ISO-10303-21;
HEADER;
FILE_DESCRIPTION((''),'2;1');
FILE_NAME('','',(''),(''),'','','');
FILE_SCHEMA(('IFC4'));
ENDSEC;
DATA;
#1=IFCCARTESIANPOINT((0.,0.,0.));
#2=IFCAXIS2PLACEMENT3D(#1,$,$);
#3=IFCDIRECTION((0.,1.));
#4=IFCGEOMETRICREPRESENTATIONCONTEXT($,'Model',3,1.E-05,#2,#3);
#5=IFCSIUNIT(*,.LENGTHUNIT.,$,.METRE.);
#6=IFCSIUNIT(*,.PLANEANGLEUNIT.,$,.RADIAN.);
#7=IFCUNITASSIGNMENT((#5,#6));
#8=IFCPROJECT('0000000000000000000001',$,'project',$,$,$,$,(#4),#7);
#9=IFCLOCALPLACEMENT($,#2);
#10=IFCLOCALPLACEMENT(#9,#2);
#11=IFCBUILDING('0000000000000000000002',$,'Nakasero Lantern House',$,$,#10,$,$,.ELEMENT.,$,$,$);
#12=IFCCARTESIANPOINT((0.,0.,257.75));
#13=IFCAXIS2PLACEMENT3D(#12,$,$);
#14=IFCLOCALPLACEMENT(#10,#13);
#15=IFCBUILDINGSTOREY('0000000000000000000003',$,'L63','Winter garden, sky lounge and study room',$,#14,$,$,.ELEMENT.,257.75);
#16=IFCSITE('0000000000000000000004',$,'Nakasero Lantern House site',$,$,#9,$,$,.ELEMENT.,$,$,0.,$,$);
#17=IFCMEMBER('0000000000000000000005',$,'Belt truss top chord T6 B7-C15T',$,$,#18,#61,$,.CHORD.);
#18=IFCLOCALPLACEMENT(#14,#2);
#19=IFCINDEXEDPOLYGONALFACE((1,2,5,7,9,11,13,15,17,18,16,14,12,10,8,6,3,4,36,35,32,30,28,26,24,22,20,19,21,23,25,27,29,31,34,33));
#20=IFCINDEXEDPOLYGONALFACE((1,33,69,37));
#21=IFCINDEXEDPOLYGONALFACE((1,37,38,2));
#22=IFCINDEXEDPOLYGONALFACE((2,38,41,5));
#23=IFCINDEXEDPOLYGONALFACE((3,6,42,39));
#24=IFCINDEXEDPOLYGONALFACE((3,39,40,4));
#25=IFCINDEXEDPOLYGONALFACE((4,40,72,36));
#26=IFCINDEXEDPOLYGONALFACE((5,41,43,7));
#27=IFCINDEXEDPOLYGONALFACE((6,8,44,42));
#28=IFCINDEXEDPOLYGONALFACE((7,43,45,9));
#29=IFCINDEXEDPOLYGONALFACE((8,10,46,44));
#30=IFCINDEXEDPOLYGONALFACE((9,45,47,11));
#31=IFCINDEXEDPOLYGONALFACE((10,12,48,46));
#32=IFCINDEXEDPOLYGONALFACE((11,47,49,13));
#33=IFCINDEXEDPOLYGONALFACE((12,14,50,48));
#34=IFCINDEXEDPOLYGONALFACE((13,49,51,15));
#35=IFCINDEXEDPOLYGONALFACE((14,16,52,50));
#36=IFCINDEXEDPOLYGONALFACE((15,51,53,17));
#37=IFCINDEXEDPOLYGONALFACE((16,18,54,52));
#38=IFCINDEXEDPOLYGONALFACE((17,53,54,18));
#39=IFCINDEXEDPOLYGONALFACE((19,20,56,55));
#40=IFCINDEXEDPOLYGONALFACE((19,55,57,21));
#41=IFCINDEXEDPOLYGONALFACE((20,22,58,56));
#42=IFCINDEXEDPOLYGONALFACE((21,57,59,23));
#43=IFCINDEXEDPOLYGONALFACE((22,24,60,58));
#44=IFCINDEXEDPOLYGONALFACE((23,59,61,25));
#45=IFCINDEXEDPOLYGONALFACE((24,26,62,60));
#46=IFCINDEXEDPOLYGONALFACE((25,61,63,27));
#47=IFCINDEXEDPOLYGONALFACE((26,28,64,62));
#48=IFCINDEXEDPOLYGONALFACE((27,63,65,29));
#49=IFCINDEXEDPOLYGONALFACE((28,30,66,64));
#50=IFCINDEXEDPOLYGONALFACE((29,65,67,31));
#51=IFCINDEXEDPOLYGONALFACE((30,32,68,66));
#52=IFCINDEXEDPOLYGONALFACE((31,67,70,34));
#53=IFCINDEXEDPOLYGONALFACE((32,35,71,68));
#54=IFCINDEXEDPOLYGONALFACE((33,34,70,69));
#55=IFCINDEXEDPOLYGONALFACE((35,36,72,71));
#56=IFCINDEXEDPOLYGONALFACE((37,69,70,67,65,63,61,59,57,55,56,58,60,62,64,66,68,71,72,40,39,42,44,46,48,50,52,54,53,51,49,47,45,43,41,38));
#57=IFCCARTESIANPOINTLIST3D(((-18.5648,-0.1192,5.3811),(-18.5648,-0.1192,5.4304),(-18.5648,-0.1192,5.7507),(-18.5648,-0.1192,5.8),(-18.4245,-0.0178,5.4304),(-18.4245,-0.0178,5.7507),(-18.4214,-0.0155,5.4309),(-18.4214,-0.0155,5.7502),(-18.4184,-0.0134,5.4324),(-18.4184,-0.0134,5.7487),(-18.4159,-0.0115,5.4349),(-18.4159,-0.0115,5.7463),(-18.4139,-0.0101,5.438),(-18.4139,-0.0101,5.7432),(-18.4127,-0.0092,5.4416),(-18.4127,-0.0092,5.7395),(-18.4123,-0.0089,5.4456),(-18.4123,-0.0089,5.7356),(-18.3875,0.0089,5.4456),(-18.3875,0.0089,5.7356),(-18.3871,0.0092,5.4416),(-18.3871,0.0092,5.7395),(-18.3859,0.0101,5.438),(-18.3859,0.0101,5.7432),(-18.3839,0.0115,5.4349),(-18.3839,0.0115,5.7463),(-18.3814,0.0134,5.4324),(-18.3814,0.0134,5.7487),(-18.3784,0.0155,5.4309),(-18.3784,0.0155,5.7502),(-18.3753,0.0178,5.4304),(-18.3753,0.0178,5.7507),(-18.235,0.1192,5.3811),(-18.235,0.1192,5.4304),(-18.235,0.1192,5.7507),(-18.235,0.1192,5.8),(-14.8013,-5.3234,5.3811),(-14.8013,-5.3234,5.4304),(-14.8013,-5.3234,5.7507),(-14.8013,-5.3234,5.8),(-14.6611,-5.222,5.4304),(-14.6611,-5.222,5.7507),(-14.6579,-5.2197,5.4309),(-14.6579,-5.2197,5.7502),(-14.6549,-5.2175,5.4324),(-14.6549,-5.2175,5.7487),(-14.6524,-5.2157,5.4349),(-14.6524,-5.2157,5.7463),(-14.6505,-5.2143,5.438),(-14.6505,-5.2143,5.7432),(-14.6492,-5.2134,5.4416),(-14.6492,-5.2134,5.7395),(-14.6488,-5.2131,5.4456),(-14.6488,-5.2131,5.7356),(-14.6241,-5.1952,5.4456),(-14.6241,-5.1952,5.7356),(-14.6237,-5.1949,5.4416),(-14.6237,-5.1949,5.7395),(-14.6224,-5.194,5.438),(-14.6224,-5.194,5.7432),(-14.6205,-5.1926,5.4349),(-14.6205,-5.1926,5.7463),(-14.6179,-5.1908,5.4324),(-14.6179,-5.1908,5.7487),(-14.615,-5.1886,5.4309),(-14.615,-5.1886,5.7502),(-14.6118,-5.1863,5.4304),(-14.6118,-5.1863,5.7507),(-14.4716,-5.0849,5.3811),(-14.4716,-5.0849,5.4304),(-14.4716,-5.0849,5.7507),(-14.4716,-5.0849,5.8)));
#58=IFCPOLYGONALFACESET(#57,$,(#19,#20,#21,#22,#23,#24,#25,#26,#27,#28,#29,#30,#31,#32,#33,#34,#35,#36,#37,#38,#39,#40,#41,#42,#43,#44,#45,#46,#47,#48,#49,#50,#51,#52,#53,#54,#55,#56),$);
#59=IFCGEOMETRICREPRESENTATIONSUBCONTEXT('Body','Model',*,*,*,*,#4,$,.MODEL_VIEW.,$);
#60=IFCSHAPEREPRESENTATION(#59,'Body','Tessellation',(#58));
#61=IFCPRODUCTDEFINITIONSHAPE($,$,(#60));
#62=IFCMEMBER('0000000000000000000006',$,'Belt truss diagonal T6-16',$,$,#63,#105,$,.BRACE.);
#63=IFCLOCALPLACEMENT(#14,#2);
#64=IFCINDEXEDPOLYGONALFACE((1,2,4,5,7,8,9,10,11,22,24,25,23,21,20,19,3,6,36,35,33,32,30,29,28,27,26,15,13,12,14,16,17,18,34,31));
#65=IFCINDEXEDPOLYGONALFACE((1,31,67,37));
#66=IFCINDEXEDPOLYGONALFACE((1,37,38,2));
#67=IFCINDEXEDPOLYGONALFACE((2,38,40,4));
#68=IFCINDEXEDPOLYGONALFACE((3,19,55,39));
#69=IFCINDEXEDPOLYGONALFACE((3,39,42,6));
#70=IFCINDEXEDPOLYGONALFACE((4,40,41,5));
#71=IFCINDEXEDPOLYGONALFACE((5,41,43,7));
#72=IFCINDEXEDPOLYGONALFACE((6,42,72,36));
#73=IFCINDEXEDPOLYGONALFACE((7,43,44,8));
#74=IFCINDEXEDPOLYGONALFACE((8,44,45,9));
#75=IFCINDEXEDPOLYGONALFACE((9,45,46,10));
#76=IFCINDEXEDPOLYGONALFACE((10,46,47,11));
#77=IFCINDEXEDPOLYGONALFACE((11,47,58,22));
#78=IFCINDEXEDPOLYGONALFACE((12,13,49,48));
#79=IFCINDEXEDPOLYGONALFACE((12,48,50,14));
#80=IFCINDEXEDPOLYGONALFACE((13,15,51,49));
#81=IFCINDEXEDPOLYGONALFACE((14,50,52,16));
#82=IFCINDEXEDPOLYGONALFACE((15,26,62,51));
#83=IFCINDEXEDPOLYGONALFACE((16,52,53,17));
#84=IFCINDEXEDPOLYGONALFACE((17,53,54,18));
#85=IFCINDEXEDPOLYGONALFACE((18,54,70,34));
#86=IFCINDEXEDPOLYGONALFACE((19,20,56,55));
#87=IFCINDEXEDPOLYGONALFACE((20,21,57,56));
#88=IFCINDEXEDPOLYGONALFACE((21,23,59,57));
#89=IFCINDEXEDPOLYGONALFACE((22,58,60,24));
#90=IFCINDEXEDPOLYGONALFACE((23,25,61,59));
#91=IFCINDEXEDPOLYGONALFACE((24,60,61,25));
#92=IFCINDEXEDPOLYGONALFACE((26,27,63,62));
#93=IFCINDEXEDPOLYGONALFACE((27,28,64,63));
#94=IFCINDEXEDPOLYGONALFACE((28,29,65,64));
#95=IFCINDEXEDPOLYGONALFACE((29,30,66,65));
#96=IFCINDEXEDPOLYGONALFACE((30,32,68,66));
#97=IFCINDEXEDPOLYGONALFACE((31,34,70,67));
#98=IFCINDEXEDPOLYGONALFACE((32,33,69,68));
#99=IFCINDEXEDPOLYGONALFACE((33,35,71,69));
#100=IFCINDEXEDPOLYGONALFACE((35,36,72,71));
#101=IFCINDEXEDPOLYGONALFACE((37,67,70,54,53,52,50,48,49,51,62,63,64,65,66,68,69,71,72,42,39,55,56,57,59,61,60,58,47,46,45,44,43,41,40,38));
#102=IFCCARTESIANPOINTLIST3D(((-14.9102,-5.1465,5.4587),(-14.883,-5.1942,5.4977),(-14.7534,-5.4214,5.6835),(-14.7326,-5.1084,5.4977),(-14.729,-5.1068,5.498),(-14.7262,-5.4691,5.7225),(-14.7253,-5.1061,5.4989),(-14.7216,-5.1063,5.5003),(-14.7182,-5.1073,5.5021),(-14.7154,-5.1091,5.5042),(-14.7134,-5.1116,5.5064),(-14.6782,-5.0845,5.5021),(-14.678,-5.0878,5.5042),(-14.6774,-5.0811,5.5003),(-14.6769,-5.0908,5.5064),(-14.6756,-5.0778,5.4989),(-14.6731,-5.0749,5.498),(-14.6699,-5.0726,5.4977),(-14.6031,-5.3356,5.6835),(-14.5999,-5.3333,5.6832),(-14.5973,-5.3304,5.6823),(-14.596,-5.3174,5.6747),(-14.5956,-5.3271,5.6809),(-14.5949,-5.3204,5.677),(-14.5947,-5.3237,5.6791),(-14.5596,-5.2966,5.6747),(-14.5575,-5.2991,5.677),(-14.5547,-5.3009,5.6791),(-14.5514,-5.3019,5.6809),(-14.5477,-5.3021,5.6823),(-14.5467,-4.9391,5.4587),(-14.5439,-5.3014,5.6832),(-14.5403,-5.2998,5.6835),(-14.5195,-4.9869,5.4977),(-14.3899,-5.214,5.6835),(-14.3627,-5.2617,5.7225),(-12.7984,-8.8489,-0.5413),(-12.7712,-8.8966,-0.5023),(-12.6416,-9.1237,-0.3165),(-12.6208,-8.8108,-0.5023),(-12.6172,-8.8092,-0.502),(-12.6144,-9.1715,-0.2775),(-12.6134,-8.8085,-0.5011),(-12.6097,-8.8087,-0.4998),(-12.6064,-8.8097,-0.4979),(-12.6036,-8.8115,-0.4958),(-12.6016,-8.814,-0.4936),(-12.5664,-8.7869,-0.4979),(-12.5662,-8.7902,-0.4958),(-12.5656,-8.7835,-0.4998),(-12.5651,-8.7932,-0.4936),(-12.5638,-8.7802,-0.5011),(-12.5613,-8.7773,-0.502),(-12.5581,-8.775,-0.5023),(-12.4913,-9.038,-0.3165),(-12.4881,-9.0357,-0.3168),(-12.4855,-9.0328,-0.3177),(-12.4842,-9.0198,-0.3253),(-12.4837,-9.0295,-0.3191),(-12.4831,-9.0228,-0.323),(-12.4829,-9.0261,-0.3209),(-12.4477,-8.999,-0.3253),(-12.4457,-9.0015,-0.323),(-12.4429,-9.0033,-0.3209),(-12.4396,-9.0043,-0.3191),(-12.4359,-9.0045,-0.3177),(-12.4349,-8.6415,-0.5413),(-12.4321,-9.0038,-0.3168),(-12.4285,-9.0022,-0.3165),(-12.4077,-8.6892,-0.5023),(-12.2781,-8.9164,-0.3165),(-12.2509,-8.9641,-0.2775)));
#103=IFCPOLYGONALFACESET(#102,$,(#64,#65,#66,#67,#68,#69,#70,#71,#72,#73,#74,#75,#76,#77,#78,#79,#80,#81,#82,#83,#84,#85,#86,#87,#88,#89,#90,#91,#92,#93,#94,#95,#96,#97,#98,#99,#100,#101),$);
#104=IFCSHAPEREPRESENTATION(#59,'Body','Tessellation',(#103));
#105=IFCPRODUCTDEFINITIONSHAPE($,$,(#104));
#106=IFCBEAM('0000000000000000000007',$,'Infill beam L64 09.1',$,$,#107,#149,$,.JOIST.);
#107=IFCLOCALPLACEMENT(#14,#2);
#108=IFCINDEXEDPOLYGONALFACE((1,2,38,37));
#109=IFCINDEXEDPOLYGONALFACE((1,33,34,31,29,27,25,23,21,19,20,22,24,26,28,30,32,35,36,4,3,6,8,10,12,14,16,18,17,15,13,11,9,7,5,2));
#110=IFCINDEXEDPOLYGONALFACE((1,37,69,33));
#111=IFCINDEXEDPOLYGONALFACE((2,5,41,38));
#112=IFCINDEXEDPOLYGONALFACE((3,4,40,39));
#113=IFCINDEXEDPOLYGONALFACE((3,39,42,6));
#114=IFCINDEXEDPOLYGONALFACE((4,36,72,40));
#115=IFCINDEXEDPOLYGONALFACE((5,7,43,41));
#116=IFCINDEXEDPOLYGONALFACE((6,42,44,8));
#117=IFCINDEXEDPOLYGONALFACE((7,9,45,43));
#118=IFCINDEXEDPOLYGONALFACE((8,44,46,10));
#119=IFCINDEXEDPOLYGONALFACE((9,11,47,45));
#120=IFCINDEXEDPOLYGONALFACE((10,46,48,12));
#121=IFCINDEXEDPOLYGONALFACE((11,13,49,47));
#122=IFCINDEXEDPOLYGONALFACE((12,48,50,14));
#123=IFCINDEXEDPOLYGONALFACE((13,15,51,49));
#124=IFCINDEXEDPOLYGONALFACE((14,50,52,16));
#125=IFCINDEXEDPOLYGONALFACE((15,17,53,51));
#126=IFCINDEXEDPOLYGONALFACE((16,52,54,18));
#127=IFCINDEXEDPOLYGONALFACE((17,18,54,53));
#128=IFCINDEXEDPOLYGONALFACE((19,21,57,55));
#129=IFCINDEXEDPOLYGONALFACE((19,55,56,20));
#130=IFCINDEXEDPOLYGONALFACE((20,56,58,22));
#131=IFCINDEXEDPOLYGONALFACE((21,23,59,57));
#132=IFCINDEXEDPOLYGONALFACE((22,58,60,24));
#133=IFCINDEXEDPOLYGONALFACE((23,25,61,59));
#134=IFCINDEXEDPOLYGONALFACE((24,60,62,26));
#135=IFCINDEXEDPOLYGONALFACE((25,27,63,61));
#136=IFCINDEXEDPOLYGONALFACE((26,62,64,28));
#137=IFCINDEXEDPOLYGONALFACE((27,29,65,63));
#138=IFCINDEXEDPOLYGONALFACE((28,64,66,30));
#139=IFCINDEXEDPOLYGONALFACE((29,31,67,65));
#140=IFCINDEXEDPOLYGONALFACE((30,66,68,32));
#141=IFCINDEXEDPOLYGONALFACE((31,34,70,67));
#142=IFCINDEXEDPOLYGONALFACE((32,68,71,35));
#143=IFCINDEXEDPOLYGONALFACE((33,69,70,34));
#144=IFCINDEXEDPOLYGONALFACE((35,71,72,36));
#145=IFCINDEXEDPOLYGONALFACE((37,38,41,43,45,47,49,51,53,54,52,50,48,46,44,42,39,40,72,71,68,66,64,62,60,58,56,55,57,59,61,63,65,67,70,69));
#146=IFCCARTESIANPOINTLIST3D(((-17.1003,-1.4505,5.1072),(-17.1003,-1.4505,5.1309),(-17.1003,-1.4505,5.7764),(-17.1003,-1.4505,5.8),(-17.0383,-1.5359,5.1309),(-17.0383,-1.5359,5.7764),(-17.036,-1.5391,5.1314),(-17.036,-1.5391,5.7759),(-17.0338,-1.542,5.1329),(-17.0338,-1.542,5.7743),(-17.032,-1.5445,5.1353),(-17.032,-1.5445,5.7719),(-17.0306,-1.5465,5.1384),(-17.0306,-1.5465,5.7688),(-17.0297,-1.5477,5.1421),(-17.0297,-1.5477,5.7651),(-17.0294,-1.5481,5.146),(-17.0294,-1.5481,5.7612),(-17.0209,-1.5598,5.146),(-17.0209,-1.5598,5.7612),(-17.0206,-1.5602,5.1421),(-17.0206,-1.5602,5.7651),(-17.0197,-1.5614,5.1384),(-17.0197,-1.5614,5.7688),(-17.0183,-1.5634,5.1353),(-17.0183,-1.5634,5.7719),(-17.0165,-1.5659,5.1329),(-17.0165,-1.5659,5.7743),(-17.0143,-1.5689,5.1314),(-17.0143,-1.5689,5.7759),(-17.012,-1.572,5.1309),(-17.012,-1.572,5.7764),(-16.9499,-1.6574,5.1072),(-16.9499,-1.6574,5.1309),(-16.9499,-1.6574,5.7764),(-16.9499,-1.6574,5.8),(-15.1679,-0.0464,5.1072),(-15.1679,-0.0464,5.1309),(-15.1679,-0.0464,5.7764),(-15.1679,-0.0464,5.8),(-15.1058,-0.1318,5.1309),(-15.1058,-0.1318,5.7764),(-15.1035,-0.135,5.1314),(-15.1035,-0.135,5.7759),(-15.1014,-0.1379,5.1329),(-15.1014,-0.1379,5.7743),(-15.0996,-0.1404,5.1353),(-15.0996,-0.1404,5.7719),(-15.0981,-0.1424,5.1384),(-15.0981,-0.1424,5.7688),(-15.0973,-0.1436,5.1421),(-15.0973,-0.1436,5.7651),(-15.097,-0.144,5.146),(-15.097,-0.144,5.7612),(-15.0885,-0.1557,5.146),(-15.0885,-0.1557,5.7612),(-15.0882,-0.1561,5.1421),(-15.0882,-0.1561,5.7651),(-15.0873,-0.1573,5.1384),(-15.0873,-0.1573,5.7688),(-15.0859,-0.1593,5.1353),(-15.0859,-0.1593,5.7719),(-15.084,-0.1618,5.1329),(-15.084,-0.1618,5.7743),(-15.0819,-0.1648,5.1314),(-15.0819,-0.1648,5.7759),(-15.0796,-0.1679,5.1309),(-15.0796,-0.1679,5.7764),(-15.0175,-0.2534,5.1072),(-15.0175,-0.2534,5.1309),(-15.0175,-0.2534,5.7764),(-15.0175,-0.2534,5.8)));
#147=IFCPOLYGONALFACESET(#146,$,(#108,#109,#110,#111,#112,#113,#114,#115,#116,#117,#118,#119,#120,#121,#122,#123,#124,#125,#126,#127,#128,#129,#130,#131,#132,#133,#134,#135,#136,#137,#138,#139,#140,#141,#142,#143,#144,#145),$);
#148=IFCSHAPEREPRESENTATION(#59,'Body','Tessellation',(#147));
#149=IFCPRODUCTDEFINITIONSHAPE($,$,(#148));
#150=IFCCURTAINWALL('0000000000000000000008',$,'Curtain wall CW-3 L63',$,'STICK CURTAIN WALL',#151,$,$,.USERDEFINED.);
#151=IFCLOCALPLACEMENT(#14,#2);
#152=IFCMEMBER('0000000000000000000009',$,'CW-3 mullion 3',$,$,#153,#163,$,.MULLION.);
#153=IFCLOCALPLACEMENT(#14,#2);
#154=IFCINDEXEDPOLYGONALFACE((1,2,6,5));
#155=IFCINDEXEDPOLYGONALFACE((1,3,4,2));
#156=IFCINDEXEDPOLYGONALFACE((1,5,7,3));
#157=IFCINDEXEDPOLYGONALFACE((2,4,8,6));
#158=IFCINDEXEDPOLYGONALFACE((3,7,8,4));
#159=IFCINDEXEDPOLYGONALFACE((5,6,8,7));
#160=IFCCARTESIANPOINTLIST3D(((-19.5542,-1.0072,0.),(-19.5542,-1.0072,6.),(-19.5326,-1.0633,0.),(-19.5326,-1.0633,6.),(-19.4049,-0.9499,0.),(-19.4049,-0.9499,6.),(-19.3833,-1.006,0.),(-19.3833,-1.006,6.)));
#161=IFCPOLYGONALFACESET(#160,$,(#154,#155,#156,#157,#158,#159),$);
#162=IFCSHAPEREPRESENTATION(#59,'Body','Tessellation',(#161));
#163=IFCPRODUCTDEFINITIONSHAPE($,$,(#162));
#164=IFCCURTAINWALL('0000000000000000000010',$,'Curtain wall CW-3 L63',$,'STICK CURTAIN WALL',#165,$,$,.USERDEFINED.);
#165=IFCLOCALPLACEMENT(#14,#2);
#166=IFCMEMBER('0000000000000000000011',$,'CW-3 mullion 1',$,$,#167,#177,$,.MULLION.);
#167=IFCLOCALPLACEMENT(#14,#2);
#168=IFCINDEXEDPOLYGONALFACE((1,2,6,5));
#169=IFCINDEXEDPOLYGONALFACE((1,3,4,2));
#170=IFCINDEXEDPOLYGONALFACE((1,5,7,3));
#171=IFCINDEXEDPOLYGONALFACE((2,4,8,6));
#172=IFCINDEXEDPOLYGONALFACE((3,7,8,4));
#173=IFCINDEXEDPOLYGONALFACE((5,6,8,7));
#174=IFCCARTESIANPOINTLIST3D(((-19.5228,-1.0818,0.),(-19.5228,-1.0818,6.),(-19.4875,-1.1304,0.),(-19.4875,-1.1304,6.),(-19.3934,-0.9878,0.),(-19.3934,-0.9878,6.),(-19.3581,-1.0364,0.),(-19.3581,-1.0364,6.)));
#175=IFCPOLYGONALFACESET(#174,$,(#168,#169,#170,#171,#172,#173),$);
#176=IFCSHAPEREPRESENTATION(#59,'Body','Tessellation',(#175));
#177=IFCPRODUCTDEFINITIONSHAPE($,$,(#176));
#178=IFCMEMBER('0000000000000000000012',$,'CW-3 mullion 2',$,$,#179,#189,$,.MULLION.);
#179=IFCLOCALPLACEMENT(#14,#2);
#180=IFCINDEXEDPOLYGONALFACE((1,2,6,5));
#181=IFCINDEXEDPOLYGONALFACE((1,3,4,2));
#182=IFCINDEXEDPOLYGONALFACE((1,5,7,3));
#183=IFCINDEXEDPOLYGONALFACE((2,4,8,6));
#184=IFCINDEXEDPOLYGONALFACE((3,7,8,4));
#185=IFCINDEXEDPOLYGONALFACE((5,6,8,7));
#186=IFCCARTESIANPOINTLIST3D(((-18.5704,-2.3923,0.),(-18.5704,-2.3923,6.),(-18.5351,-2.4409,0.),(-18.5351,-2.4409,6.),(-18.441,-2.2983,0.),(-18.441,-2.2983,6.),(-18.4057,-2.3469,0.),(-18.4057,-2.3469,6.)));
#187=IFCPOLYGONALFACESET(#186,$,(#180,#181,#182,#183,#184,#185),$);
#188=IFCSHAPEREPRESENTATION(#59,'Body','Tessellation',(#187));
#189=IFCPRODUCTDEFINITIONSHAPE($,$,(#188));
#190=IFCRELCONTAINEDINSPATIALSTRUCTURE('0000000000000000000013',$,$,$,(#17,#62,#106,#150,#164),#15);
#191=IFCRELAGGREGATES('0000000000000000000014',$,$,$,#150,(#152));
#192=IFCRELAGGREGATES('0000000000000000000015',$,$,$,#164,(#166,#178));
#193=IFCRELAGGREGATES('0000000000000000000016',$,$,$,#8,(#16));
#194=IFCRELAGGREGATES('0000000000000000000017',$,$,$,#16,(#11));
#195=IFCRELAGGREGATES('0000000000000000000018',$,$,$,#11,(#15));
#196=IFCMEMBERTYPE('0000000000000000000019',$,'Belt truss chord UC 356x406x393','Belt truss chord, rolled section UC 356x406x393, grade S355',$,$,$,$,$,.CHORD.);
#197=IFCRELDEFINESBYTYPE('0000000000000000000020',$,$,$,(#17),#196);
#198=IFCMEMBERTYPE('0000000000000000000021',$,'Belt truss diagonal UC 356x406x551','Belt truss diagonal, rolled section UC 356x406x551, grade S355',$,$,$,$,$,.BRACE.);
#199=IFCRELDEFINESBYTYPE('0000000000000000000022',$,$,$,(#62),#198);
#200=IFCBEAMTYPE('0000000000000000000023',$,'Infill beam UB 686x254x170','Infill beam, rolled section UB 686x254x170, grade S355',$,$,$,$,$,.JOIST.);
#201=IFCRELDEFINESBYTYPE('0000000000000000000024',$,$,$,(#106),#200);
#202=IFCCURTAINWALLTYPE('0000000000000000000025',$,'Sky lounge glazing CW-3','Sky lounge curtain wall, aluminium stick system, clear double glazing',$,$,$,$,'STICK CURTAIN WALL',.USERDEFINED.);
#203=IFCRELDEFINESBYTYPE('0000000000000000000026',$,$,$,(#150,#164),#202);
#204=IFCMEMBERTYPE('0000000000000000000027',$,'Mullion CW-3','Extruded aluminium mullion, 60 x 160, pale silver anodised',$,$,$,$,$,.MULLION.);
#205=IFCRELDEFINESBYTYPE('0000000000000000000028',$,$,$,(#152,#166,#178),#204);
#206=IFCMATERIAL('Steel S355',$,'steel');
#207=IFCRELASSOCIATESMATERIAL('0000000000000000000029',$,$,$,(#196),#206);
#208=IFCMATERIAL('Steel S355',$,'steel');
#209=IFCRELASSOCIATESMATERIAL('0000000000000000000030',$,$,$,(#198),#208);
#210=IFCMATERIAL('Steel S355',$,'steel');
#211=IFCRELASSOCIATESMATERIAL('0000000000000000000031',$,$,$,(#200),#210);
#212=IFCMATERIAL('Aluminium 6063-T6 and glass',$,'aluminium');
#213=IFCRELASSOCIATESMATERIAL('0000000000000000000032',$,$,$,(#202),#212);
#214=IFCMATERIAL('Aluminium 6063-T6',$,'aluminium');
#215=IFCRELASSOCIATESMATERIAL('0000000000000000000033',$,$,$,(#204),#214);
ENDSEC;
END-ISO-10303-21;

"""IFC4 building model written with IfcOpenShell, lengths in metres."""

from ifc_helpers import new_model, si_unit, direction, frame, origin, origin_2d, place, context, subcontext, project, spatial, rectangle, i_section, extrude, material, material_profile, profile_set, type_object, element, aggregate, save


model = new_model("IFC4")

# Units and contexts
model_context = context("Model", 3, precision=1e-05, world=origin(), true_north=direction((0.0, 1.0)))
body_context = subcontext(model_context, "Body", "Model", "MODEL_VIEW")
ifc_project = project(units=[si_unit("LENGTHUNIT", "METRE"), si_unit("PLANEANGLEUNIT", "RADIAN")], contexts=[model_context])

# Site, building, storey
site_placement = place(None, origin())
site = spatial("IfcSite", under=ifc_project, at=site_placement, Name="Nakasero Lantern House site", CompositionType="ELEMENT", RefElevation=0.0)
building_placement = place(site_placement, origin())
building = spatial("IfcBuilding", under=site, at=building_placement, Name="Nakasero Lantern House", CompositionType="ELEMENT")
storey_placement = place(building_placement, frame((0.0, 0.0, 257.75)))
storey = spatial("IfcBuildingStorey", under=building, at=storey_placement, Name="L63", Description="Winter garden, sky lounge and study room", CompositionType="ELEMENT", Elevation=257.75)

# Members
ifc_material_1 = material(Name="Steel S355", Category="steel")
ifc_material_profile_1 = material_profile(ifc_material_1, i_section(OverallWidth=0.407, OverallDepth=0.4189, WebThickness=0.0305, FlangeThickness=0.0493, FilletRadius=0.0151, at=origin_2d()), Name="UC 356x406x393")
ifc_profile_set_1 = profile_set([ifc_material_profile_1], Name="Steel S355")
member_type_1 = type_object("IfcMemberType", Name="Belt truss chord UC 356x406x393", Description="Belt truss chord, rolled section UC 356x406x393, grade S355", PredefinedType="CHORD", material=ifc_profile_set_1)
member_1_placement = place(storey_placement, frame((-18.3999, 0.0, 5.5906), z_axis=(0.585993, -0.810316, 0.0), x_axis=(0.810316, 0.585993, 0.0)))
element("IfcMember", 1, at=member_1_placement, inside=storey, type_object=member_type_1, Name="Belt truss top chord T6 B7-C15T", PredefinedType="CHORD", context=body_context, shape_type="SweptSolid", body=[
    extrude(i_section(OverallWidth=0.407, OverallDepth=0.4189, WebThickness=0.0305, FlangeThickness=0.0493, FilletRadius=0.0151, at=origin_2d()), origin(), (0.0, 0.0, 1.0), 6.4224),
])
ifc_material_2 = material(Name="Steel S355", Category="steel")
ifc_material_profile_2 = material_profile(ifc_material_2, i_section(OverallWidth=0.4185, OverallDepth=0.4556, WebThickness=0.042, FlangeThickness=0.0674, FilletRadius=0.0151, at=origin_2d()), Name="UC 356x406x551")
ifc_profile_set_2 = profile_set([ifc_material_profile_2], Name="Steel S355")
member_type_2 = type_object("IfcMemberType", Name="Belt truss diagonal UC 356x406x551", Description="Belt truss diagonal, rolled section UC 356x406x551, grade S355", PredefinedType="BRACE", material=ifc_profile_set_2)
member_2_placement = place(storey_placement, frame((-14.6365, -5.2041, 5.5906), z_axis=(0.286937, -0.503052, -0.815233), x_axis=(0.868631, 0.49546, 0.0)))
element("IfcMember", 2, at=member_2_placement, inside=storey, type_object=member_type_2, Name="Belt truss diagonal T6-16", PredefinedType="BRACE", context=body_context, shape_type="SweptSolid", body=[
    extrude(i_section(OverallWidth=0.4185, OverallDepth=0.4556, WebThickness=0.042, FlangeThickness=0.0674, FilletRadius=0.0151, at=origin_2d()), origin(), (0.0, 0.0, 1.0), 7.3599),
])

# Beam
ifc_material_3 = material(Name="Steel S355", Category="steel")
ifc_material_profile_3 = material_profile(ifc_material_3, i_section(OverallWidth=0.2559, OverallDepth=0.6929, WebThickness=0.0144, FlangeThickness=0.0237, FilletRadius=0.0151, at=origin_2d()), Name="UB 686x254x170")
ifc_profile_set_3 = profile_set([ifc_material_profile_3], Name="Steel S355")
beam_type_1 = type_object("IfcBeamType", Name="Infill beam UB 686x254x170", Description="Infill beam, rolled section UB 686x254x170, grade S355", PredefinedType="JOIST", material=ifc_profile_set_3)
beam_1_placement = place(storey_placement, frame((-17.0251, -1.554, 5.4536), z_axis=(0.808997, 0.587813, 0.0), x_axis=(-0.587813, 0.808997, 0.0)))
element("IfcBeam", 3, at=beam_1_placement, inside=storey, type_object=beam_type_1, Name="Infill beam L64 09.1", PredefinedType="JOIST", context=body_context, shape_type="SweptSolid", body=[
    extrude(i_section(OverallWidth=0.2559, OverallDepth=0.6929, WebThickness=0.0144, FlangeThickness=0.0237, FilletRadius=0.0151, at=origin_2d()), origin(), (0.0, 0.0, 1.0), 2.3887),
])

# Curtain wall, member
ifc_material_4 = material(Name="Aluminium 6063-T6 and glass", Category="aluminium")
curtain_wall_type = type_object("IfcCurtainWallType", Name="Sky lounge glazing CW-3", Description="Sky lounge curtain wall, aluminium stick system, clear double glazing", ElementType="STICK CURTAIN WALL", PredefinedType="USERDEFINED", material=ifc_material_4)
curtain_wall_1_placement = place(storey_placement, origin())
curtain_wall_1 = element("IfcCurtainWall", 4, at=curtain_wall_1_placement, inside=storey, type_object=curtain_wall_type, Name="Curtain wall CW-3 L63", ObjectType="STICK CURTAIN WALL", PredefinedType="USERDEFINED")
ifc_material_5 = material(Name="Aluminium 6063-T6", Category="aluminium")
ifc_material_profile_4 = material_profile(ifc_material_5, rectangle(XDim=0.0601, YDim=0.1599, at=origin_2d()), Name="CW-3 mullion 60x160")
ifc_profile_set_4 = profile_set([ifc_material_profile_4], Name="Aluminium 6063-T6")
member_type_3 = type_object("IfcMemberType", Name="Mullion CW-3", Description="Extruded aluminium mullion, 60 x 160, pale silver anodised", PredefinedType="MULLION", material=ifc_profile_set_4)
member_3_placement = place(storey_placement, frame((-19.4688, -1.0066, 0.0), z_axis=(0.0, 0.0, 1.0), x_axis=(0.358368, -0.93358, 0.0)))
member_3 = element("IfcMember", 5, at=member_3_placement, type_object=member_type_3, Name="CW-3 mullion 3", PredefinedType="MULLION", context=body_context, shape_type="SweptSolid", body=[
    extrude(rectangle(XDim=0.0601, YDim=0.1599, at=origin_2d()), origin(), (0.0, 0.0, 1.0), 6.0),
])

# Curtain wall, members
curtain_wall_2_placement = place(storey_placement, origin())
curtain_wall_2 = element("IfcCurtainWall", 6, at=curtain_wall_2_placement, inside=storey, type_object=curtain_wall_type, Name="Curtain wall CW-3 L63", ObjectType="STICK CURTAIN WALL", PredefinedType="USERDEFINED")
member_4_placement = place(storey_placement, frame((-19.4404, -1.0591, 0.0), z_axis=(0.0, 0.0, 1.0), x_axis=(0.587785, -0.809017, 0.0)))
member_4 = element("IfcMember", 7, at=member_4_placement, type_object=member_type_3, Name="CW-3 mullion 1", PredefinedType="MULLION", context=body_context, shape_type="SweptSolid", body=[
    extrude(rectangle(XDim=0.0601, YDim=0.1599, at=origin_2d()), origin(), (0.0, 0.0, 1.0), 6.0),
])
member_5_placement = place(storey_placement, frame((-18.488, -2.3696, 0.0), z_axis=(0.0, 0.0, 1.0), x_axis=(0.587785, -0.809017, 0.0)))
member_5 = element("IfcMember", 8, at=member_5_placement, type_object=member_type_3, Name="CW-3 mullion 2", PredefinedType="MULLION", context=body_context, shape_type="SweptSolid", body=[
    extrude(rectangle(XDim=0.0601, YDim=0.1599, at=origin_2d()), origin(), (0.0, 0.0, 1.0), 6.0),
])

aggregate(curtain_wall_1, [member_3])
aggregate(curtain_wall_2, [member_4, member_5])

save(model, "model.ifc")
